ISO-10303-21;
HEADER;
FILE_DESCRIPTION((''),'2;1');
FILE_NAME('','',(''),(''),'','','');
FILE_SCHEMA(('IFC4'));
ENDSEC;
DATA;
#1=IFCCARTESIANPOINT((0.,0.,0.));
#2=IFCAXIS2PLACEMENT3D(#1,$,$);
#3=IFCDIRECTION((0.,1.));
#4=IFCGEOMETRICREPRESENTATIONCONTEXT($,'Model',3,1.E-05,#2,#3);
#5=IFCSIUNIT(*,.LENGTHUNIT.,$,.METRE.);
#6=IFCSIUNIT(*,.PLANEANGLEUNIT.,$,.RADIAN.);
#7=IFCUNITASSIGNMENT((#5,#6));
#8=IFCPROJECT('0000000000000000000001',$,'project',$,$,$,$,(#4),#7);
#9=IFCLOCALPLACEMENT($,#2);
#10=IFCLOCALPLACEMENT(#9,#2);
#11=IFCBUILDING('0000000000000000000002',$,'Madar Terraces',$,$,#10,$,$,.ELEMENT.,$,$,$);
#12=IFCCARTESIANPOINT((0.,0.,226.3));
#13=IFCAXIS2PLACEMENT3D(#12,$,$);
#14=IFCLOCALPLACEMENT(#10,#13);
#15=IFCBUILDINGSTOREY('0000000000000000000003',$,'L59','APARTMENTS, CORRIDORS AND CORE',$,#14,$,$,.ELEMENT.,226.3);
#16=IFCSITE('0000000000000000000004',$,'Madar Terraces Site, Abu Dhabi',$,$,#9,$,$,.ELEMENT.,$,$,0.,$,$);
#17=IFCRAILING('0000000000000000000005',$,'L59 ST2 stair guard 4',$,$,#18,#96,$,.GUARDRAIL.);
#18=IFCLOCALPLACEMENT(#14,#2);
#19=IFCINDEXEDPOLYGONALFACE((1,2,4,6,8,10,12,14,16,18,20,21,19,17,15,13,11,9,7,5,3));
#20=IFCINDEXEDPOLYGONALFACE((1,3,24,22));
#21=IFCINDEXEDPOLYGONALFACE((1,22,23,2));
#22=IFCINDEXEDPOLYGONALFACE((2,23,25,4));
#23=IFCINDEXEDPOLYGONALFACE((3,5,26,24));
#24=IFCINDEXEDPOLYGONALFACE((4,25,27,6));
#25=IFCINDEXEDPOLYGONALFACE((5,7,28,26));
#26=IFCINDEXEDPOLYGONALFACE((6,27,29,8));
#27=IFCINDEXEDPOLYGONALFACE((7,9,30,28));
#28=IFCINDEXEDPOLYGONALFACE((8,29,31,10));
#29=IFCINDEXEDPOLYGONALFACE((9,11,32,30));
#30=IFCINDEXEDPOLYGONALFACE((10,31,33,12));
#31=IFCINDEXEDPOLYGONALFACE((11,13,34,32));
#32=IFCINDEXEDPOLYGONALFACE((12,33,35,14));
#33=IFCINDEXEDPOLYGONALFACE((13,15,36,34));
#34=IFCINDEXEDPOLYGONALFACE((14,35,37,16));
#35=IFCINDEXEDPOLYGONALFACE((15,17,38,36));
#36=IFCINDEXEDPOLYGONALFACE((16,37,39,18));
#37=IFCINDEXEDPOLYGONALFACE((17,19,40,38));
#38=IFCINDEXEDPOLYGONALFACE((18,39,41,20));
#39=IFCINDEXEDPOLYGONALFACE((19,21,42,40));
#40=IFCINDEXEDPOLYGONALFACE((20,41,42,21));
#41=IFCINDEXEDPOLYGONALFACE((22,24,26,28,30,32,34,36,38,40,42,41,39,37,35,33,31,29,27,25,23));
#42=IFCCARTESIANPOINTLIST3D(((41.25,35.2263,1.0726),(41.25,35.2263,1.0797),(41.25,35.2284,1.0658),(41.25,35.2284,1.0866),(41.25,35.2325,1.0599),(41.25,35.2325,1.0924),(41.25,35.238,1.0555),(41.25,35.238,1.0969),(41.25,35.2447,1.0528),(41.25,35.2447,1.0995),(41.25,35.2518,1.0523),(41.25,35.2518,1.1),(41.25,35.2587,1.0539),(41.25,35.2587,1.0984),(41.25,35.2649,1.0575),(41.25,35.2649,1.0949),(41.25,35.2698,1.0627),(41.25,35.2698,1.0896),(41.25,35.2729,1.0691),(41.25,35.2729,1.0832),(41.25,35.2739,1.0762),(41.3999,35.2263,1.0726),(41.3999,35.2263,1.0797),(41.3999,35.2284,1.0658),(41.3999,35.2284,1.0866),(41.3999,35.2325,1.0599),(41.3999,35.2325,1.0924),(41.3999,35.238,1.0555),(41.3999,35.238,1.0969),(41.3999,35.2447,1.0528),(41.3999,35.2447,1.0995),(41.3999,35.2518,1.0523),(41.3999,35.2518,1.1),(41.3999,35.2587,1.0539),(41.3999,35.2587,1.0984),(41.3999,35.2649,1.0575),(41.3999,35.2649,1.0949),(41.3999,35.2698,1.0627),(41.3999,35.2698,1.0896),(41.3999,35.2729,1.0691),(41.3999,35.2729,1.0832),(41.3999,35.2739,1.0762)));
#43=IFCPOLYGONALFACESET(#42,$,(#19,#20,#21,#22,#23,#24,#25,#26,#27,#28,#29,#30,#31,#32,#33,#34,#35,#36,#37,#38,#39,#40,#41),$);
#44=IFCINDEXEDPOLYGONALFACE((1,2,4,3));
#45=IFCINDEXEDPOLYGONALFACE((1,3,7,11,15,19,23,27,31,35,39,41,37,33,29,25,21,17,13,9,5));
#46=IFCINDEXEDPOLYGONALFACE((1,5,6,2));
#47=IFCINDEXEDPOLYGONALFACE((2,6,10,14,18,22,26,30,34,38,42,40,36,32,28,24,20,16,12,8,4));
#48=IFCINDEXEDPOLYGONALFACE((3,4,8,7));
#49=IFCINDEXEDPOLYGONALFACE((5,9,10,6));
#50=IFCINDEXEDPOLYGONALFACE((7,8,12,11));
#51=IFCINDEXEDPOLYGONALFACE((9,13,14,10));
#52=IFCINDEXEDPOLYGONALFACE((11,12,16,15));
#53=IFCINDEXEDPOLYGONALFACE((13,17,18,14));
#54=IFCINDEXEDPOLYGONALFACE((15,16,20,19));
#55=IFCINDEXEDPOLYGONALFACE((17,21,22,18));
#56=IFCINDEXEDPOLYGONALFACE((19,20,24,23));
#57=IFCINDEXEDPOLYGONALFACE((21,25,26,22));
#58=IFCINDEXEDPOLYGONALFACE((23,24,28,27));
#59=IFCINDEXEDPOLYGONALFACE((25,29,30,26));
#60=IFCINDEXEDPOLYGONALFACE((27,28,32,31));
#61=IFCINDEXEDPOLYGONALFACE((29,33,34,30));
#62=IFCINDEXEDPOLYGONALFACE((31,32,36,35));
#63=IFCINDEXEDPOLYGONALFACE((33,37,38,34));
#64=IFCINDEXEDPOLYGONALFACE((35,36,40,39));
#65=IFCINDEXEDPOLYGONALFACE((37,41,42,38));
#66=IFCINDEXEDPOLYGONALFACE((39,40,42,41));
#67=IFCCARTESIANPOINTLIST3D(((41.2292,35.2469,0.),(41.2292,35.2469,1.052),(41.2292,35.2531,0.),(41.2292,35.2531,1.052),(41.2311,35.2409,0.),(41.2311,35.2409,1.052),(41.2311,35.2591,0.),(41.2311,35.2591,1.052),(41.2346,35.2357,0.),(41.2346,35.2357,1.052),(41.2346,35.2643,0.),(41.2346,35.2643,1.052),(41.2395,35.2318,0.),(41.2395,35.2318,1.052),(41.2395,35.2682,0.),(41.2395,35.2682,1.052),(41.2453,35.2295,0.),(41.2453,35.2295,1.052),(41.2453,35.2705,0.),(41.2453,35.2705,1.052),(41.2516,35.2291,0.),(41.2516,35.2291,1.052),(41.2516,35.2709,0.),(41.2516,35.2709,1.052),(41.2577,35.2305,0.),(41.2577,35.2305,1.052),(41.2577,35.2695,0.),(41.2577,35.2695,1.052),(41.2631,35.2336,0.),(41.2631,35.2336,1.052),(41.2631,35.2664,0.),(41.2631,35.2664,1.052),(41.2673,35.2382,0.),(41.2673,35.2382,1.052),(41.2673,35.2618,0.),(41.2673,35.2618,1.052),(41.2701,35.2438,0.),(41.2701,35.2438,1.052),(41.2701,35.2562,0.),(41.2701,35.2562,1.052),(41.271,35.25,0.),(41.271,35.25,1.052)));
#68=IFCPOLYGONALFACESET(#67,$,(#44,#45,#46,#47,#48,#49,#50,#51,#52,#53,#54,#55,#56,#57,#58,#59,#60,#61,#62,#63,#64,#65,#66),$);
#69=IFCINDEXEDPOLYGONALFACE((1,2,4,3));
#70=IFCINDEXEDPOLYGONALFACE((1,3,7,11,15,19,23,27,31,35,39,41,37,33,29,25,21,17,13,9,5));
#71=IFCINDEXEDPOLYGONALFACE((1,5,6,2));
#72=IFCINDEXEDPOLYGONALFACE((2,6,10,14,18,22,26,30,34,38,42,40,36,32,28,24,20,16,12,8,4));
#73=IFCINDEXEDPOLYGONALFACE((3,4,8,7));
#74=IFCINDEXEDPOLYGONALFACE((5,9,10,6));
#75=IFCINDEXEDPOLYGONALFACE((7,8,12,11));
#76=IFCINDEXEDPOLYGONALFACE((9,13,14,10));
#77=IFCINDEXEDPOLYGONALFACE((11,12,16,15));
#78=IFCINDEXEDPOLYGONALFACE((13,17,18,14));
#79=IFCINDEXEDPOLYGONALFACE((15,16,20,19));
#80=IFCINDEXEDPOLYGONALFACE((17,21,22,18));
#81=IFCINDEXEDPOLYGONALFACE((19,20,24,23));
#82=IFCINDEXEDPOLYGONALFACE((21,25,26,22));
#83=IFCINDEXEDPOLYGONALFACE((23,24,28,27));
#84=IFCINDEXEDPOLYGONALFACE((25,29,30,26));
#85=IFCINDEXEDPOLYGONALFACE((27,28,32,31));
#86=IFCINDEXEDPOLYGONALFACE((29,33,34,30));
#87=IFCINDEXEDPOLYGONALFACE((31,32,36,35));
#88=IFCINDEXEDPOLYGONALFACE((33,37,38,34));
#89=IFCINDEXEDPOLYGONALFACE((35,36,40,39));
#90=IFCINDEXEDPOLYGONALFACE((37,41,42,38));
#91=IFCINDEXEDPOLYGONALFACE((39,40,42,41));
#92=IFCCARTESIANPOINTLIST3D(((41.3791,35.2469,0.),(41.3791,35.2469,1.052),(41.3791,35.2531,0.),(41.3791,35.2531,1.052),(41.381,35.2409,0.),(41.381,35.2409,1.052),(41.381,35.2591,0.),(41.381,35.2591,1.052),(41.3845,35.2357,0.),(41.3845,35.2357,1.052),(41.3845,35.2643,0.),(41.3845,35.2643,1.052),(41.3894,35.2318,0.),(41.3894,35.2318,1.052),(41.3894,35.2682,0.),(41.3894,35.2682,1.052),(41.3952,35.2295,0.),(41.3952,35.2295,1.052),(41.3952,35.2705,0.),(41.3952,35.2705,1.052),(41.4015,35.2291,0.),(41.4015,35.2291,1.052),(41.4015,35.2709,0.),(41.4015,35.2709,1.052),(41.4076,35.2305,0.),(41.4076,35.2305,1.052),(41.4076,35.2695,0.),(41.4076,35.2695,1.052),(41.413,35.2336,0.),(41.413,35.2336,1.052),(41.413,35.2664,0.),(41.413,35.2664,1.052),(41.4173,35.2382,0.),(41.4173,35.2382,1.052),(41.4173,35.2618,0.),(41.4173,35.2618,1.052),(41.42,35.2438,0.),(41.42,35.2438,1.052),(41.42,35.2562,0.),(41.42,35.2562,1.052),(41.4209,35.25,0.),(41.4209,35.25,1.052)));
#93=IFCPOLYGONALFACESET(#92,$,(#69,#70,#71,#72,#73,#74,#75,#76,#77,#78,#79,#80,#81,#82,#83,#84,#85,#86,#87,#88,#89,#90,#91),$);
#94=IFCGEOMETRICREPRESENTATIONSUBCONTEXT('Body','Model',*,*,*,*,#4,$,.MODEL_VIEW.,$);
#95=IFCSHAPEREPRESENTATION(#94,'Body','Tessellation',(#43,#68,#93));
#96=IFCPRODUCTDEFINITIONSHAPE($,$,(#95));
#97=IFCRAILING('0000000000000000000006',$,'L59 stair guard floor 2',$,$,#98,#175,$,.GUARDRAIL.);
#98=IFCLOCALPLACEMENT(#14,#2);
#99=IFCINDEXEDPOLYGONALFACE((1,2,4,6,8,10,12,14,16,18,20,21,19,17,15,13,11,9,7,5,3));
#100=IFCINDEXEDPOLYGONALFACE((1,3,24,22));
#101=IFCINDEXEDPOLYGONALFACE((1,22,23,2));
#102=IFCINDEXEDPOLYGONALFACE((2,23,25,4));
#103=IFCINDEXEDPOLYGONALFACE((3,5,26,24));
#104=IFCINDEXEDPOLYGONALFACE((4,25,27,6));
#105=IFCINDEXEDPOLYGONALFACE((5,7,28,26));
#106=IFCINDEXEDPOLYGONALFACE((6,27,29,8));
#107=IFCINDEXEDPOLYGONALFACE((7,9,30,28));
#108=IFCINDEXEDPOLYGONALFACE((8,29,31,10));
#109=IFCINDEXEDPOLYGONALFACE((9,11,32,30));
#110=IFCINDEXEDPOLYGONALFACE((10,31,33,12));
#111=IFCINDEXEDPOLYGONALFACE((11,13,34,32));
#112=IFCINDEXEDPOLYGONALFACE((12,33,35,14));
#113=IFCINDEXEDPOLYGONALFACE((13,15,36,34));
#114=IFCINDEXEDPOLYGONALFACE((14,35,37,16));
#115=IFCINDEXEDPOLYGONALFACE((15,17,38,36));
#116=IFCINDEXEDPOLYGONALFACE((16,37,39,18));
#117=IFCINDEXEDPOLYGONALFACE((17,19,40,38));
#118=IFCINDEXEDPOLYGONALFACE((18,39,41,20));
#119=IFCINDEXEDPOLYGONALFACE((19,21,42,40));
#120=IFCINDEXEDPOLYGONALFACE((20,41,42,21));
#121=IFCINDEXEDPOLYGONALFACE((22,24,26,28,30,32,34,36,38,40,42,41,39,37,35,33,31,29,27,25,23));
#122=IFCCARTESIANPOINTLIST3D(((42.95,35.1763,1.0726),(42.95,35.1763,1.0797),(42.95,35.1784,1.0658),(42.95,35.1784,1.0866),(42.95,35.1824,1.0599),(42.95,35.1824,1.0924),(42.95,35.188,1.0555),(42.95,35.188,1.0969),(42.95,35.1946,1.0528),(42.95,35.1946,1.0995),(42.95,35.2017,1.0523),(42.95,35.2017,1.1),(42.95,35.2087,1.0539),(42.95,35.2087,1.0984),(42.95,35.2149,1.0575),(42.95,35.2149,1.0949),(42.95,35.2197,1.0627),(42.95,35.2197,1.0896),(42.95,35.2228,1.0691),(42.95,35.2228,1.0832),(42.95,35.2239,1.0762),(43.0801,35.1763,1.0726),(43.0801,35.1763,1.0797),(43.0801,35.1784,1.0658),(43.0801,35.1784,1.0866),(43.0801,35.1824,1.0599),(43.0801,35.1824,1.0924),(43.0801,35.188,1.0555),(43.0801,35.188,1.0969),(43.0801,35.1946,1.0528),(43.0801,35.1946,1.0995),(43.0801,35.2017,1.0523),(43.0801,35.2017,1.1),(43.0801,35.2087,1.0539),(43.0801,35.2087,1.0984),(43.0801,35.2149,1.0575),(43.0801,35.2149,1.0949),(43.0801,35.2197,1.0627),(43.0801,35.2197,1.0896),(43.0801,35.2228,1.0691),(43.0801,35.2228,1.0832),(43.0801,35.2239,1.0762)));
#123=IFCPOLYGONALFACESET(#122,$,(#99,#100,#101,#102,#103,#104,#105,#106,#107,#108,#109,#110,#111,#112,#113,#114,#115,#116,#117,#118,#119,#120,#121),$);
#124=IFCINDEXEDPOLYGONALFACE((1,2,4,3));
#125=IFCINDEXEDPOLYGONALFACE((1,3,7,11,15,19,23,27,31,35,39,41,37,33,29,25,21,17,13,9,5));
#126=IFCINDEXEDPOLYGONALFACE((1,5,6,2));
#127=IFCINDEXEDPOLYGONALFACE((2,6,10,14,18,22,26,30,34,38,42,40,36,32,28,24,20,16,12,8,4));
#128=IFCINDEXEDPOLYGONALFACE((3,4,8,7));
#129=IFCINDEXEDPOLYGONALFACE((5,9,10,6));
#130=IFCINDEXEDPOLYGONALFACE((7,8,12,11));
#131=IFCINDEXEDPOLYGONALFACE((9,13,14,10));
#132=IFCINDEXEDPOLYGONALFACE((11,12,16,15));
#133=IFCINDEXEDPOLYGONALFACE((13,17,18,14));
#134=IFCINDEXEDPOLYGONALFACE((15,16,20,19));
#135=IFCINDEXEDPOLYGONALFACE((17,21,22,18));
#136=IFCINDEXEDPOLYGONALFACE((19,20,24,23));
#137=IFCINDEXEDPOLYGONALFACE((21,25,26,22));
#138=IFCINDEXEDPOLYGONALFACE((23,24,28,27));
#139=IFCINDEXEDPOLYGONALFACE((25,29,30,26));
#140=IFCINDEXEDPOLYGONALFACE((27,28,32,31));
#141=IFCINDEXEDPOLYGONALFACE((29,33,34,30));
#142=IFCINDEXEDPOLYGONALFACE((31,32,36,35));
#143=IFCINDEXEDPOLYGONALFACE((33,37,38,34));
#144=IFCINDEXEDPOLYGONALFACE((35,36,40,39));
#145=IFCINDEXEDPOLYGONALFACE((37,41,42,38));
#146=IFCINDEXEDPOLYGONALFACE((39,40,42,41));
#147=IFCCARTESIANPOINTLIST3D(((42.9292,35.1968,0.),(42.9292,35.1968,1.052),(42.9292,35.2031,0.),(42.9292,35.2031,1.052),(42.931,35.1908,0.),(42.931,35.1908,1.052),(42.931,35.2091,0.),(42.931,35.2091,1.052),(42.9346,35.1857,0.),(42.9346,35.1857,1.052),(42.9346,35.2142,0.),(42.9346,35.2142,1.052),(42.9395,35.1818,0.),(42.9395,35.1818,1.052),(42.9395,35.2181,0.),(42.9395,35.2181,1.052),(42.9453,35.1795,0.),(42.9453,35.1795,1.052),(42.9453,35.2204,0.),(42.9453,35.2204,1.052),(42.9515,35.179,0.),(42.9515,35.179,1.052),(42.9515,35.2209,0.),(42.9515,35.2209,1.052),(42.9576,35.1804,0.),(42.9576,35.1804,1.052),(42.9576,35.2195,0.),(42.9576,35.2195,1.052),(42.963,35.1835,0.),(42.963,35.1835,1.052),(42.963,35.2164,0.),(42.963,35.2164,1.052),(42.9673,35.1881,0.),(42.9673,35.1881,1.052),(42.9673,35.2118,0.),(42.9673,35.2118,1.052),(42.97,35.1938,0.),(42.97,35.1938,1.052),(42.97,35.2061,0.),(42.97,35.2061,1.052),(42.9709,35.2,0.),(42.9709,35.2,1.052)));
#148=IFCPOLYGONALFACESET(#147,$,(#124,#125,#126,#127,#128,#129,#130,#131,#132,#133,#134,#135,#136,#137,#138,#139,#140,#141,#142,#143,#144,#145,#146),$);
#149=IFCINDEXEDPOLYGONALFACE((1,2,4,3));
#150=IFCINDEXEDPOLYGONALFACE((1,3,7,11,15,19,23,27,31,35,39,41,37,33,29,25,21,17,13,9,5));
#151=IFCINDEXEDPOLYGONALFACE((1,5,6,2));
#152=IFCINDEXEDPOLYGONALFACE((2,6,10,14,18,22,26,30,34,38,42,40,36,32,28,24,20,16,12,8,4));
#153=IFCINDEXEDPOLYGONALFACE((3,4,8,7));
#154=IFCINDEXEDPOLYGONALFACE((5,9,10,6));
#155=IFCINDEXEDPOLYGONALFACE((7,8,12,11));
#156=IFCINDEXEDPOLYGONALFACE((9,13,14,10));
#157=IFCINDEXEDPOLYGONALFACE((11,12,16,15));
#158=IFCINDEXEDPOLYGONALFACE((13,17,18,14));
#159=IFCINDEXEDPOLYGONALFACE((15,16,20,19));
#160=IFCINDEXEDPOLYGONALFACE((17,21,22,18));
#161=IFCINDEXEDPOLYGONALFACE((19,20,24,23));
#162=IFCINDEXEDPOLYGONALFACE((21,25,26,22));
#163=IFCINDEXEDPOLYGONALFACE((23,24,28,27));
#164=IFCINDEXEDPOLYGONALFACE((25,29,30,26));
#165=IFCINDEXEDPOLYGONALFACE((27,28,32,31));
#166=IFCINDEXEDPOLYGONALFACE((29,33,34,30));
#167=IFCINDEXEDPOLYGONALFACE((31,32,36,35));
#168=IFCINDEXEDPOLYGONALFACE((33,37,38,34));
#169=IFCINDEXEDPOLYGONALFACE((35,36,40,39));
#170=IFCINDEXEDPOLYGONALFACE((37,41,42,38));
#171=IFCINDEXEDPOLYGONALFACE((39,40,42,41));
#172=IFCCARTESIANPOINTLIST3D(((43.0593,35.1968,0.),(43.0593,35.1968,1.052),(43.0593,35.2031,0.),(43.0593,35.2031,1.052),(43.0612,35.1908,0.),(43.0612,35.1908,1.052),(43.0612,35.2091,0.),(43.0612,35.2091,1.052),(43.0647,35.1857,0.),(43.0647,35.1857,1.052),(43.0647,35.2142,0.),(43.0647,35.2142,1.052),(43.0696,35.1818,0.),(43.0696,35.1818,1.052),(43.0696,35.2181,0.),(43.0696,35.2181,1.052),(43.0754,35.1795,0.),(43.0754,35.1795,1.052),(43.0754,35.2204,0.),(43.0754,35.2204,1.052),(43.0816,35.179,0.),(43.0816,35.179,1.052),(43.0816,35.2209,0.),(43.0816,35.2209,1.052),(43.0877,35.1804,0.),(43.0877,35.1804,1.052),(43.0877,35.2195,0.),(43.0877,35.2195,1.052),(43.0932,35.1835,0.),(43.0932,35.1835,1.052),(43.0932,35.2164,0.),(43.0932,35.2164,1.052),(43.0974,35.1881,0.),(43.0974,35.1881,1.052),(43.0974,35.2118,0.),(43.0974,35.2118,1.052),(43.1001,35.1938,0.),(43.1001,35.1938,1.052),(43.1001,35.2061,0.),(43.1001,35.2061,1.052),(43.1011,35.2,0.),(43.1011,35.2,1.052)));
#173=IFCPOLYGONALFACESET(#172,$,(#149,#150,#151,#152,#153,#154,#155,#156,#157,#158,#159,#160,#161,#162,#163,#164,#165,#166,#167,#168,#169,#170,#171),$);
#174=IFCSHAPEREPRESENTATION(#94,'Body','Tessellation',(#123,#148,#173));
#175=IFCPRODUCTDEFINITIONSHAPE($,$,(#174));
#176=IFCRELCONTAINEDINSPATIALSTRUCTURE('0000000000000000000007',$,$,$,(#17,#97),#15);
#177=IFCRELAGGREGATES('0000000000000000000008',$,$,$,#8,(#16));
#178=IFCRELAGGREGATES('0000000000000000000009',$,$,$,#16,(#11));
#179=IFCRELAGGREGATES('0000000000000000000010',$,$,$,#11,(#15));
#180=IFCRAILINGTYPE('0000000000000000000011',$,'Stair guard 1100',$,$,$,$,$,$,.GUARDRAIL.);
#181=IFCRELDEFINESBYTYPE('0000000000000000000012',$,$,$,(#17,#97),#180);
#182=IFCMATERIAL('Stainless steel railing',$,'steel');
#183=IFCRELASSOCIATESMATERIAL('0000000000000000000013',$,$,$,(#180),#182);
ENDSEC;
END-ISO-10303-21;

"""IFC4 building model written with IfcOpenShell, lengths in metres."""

from ifc_helpers import new_model, si_unit, direction, frame, origin, origin_2d, place, context, subcontext, project, spatial, circle, extrude, material, type_object, element, save


model = new_model("IFC4")

# Units and contexts
model_context = context("Model", 3, precision=1e-05, world=origin(), true_north=direction((0.0, 1.0)))
body_context = subcontext(model_context, "Body", "Model", "MODEL_VIEW")
ifc_project = project(units=[si_unit("LENGTHUNIT", "METRE"), si_unit("PLANEANGLEUNIT", "RADIAN")], contexts=[model_context])

# Site, building, storey
site_placement = place(None, origin())
site = spatial("IfcSite", under=ifc_project, at=site_placement, Name="Madar Terraces Site, Abu Dhabi", CompositionType="ELEMENT", RefElevation=0.0)
building_placement = place(site_placement, origin())
building = spatial("IfcBuilding", under=site, at=building_placement, Name="Madar Terraces", CompositionType="ELEMENT")
storey_placement = place(building_placement, frame((0.0, 0.0, 226.3)))
storey = spatial("IfcBuildingStorey", under=building, at=storey_placement, Name="L59", Description="APARTMENTS, CORRIDORS AND CORE", CompositionType="ELEMENT", Elevation=226.3)

# Railings
ifc_material_1 = material(Name="Stainless steel railing", Category="steel")
railing_type = type_object("IfcRailingType", Name="Stair guard 1100", PredefinedType="GUARDRAIL", material=ifc_material_1)
railing_1_placement = place(storey_placement, frame((41.25, 35.25, 0.0)))
element("IfcRailing", 1, at=railing_1_placement, inside=storey, type_object=railing_type, Name="L59 ST2 stair guard 4", PredefinedType="GUARDRAIL", context=body_context, shape_type="SweptSolid", body=[
    extrude(circle(Radius=0.0239, at=origin_2d()), frame((0.0, 0.0, 1.0762), z_axis=(1.0, 0.0, 0.0), x_axis=(0.0, 1.0, 0.0)), (0.0, 0.0, 1.0), 0.1499),
    extrude(circle(Radius=0.021, at=origin_2d()), origin(), (0.0, 0.0, 1.0), 1.052),
    extrude(circle(Radius=0.021, at=origin_2d()), frame((0.1499, 0.0, 0.0)), (0.0, 0.0, 1.0), 1.052),
])
railing_2_placement = place(storey_placement, frame((42.95, 35.2, 0.0)))
element("IfcRailing", 2, at=railing_2_placement, inside=storey, type_object=railing_type, Name="L59 stair guard floor 2", PredefinedType="GUARDRAIL", context=body_context, shape_type="SweptSolid", body=[
    extrude(circle(Radius=0.0239, at=origin_2d()), frame((0.0, 0.0, 1.0762), z_axis=(1.0, 0.0, 0.0), x_axis=(0.0, 1.0, 0.0)), (0.0, 0.0, 1.0), 0.1301),
    extrude(circle(Radius=0.021, at=origin_2d()), origin(), (0.0, 0.0, 1.0), 1.052),
    extrude(circle(Radius=0.021, at=origin_2d()), frame((0.1301, 0.0, 0.0)), (0.0, 0.0, 1.0), 1.052),
])

save(model, "model.ifc")
